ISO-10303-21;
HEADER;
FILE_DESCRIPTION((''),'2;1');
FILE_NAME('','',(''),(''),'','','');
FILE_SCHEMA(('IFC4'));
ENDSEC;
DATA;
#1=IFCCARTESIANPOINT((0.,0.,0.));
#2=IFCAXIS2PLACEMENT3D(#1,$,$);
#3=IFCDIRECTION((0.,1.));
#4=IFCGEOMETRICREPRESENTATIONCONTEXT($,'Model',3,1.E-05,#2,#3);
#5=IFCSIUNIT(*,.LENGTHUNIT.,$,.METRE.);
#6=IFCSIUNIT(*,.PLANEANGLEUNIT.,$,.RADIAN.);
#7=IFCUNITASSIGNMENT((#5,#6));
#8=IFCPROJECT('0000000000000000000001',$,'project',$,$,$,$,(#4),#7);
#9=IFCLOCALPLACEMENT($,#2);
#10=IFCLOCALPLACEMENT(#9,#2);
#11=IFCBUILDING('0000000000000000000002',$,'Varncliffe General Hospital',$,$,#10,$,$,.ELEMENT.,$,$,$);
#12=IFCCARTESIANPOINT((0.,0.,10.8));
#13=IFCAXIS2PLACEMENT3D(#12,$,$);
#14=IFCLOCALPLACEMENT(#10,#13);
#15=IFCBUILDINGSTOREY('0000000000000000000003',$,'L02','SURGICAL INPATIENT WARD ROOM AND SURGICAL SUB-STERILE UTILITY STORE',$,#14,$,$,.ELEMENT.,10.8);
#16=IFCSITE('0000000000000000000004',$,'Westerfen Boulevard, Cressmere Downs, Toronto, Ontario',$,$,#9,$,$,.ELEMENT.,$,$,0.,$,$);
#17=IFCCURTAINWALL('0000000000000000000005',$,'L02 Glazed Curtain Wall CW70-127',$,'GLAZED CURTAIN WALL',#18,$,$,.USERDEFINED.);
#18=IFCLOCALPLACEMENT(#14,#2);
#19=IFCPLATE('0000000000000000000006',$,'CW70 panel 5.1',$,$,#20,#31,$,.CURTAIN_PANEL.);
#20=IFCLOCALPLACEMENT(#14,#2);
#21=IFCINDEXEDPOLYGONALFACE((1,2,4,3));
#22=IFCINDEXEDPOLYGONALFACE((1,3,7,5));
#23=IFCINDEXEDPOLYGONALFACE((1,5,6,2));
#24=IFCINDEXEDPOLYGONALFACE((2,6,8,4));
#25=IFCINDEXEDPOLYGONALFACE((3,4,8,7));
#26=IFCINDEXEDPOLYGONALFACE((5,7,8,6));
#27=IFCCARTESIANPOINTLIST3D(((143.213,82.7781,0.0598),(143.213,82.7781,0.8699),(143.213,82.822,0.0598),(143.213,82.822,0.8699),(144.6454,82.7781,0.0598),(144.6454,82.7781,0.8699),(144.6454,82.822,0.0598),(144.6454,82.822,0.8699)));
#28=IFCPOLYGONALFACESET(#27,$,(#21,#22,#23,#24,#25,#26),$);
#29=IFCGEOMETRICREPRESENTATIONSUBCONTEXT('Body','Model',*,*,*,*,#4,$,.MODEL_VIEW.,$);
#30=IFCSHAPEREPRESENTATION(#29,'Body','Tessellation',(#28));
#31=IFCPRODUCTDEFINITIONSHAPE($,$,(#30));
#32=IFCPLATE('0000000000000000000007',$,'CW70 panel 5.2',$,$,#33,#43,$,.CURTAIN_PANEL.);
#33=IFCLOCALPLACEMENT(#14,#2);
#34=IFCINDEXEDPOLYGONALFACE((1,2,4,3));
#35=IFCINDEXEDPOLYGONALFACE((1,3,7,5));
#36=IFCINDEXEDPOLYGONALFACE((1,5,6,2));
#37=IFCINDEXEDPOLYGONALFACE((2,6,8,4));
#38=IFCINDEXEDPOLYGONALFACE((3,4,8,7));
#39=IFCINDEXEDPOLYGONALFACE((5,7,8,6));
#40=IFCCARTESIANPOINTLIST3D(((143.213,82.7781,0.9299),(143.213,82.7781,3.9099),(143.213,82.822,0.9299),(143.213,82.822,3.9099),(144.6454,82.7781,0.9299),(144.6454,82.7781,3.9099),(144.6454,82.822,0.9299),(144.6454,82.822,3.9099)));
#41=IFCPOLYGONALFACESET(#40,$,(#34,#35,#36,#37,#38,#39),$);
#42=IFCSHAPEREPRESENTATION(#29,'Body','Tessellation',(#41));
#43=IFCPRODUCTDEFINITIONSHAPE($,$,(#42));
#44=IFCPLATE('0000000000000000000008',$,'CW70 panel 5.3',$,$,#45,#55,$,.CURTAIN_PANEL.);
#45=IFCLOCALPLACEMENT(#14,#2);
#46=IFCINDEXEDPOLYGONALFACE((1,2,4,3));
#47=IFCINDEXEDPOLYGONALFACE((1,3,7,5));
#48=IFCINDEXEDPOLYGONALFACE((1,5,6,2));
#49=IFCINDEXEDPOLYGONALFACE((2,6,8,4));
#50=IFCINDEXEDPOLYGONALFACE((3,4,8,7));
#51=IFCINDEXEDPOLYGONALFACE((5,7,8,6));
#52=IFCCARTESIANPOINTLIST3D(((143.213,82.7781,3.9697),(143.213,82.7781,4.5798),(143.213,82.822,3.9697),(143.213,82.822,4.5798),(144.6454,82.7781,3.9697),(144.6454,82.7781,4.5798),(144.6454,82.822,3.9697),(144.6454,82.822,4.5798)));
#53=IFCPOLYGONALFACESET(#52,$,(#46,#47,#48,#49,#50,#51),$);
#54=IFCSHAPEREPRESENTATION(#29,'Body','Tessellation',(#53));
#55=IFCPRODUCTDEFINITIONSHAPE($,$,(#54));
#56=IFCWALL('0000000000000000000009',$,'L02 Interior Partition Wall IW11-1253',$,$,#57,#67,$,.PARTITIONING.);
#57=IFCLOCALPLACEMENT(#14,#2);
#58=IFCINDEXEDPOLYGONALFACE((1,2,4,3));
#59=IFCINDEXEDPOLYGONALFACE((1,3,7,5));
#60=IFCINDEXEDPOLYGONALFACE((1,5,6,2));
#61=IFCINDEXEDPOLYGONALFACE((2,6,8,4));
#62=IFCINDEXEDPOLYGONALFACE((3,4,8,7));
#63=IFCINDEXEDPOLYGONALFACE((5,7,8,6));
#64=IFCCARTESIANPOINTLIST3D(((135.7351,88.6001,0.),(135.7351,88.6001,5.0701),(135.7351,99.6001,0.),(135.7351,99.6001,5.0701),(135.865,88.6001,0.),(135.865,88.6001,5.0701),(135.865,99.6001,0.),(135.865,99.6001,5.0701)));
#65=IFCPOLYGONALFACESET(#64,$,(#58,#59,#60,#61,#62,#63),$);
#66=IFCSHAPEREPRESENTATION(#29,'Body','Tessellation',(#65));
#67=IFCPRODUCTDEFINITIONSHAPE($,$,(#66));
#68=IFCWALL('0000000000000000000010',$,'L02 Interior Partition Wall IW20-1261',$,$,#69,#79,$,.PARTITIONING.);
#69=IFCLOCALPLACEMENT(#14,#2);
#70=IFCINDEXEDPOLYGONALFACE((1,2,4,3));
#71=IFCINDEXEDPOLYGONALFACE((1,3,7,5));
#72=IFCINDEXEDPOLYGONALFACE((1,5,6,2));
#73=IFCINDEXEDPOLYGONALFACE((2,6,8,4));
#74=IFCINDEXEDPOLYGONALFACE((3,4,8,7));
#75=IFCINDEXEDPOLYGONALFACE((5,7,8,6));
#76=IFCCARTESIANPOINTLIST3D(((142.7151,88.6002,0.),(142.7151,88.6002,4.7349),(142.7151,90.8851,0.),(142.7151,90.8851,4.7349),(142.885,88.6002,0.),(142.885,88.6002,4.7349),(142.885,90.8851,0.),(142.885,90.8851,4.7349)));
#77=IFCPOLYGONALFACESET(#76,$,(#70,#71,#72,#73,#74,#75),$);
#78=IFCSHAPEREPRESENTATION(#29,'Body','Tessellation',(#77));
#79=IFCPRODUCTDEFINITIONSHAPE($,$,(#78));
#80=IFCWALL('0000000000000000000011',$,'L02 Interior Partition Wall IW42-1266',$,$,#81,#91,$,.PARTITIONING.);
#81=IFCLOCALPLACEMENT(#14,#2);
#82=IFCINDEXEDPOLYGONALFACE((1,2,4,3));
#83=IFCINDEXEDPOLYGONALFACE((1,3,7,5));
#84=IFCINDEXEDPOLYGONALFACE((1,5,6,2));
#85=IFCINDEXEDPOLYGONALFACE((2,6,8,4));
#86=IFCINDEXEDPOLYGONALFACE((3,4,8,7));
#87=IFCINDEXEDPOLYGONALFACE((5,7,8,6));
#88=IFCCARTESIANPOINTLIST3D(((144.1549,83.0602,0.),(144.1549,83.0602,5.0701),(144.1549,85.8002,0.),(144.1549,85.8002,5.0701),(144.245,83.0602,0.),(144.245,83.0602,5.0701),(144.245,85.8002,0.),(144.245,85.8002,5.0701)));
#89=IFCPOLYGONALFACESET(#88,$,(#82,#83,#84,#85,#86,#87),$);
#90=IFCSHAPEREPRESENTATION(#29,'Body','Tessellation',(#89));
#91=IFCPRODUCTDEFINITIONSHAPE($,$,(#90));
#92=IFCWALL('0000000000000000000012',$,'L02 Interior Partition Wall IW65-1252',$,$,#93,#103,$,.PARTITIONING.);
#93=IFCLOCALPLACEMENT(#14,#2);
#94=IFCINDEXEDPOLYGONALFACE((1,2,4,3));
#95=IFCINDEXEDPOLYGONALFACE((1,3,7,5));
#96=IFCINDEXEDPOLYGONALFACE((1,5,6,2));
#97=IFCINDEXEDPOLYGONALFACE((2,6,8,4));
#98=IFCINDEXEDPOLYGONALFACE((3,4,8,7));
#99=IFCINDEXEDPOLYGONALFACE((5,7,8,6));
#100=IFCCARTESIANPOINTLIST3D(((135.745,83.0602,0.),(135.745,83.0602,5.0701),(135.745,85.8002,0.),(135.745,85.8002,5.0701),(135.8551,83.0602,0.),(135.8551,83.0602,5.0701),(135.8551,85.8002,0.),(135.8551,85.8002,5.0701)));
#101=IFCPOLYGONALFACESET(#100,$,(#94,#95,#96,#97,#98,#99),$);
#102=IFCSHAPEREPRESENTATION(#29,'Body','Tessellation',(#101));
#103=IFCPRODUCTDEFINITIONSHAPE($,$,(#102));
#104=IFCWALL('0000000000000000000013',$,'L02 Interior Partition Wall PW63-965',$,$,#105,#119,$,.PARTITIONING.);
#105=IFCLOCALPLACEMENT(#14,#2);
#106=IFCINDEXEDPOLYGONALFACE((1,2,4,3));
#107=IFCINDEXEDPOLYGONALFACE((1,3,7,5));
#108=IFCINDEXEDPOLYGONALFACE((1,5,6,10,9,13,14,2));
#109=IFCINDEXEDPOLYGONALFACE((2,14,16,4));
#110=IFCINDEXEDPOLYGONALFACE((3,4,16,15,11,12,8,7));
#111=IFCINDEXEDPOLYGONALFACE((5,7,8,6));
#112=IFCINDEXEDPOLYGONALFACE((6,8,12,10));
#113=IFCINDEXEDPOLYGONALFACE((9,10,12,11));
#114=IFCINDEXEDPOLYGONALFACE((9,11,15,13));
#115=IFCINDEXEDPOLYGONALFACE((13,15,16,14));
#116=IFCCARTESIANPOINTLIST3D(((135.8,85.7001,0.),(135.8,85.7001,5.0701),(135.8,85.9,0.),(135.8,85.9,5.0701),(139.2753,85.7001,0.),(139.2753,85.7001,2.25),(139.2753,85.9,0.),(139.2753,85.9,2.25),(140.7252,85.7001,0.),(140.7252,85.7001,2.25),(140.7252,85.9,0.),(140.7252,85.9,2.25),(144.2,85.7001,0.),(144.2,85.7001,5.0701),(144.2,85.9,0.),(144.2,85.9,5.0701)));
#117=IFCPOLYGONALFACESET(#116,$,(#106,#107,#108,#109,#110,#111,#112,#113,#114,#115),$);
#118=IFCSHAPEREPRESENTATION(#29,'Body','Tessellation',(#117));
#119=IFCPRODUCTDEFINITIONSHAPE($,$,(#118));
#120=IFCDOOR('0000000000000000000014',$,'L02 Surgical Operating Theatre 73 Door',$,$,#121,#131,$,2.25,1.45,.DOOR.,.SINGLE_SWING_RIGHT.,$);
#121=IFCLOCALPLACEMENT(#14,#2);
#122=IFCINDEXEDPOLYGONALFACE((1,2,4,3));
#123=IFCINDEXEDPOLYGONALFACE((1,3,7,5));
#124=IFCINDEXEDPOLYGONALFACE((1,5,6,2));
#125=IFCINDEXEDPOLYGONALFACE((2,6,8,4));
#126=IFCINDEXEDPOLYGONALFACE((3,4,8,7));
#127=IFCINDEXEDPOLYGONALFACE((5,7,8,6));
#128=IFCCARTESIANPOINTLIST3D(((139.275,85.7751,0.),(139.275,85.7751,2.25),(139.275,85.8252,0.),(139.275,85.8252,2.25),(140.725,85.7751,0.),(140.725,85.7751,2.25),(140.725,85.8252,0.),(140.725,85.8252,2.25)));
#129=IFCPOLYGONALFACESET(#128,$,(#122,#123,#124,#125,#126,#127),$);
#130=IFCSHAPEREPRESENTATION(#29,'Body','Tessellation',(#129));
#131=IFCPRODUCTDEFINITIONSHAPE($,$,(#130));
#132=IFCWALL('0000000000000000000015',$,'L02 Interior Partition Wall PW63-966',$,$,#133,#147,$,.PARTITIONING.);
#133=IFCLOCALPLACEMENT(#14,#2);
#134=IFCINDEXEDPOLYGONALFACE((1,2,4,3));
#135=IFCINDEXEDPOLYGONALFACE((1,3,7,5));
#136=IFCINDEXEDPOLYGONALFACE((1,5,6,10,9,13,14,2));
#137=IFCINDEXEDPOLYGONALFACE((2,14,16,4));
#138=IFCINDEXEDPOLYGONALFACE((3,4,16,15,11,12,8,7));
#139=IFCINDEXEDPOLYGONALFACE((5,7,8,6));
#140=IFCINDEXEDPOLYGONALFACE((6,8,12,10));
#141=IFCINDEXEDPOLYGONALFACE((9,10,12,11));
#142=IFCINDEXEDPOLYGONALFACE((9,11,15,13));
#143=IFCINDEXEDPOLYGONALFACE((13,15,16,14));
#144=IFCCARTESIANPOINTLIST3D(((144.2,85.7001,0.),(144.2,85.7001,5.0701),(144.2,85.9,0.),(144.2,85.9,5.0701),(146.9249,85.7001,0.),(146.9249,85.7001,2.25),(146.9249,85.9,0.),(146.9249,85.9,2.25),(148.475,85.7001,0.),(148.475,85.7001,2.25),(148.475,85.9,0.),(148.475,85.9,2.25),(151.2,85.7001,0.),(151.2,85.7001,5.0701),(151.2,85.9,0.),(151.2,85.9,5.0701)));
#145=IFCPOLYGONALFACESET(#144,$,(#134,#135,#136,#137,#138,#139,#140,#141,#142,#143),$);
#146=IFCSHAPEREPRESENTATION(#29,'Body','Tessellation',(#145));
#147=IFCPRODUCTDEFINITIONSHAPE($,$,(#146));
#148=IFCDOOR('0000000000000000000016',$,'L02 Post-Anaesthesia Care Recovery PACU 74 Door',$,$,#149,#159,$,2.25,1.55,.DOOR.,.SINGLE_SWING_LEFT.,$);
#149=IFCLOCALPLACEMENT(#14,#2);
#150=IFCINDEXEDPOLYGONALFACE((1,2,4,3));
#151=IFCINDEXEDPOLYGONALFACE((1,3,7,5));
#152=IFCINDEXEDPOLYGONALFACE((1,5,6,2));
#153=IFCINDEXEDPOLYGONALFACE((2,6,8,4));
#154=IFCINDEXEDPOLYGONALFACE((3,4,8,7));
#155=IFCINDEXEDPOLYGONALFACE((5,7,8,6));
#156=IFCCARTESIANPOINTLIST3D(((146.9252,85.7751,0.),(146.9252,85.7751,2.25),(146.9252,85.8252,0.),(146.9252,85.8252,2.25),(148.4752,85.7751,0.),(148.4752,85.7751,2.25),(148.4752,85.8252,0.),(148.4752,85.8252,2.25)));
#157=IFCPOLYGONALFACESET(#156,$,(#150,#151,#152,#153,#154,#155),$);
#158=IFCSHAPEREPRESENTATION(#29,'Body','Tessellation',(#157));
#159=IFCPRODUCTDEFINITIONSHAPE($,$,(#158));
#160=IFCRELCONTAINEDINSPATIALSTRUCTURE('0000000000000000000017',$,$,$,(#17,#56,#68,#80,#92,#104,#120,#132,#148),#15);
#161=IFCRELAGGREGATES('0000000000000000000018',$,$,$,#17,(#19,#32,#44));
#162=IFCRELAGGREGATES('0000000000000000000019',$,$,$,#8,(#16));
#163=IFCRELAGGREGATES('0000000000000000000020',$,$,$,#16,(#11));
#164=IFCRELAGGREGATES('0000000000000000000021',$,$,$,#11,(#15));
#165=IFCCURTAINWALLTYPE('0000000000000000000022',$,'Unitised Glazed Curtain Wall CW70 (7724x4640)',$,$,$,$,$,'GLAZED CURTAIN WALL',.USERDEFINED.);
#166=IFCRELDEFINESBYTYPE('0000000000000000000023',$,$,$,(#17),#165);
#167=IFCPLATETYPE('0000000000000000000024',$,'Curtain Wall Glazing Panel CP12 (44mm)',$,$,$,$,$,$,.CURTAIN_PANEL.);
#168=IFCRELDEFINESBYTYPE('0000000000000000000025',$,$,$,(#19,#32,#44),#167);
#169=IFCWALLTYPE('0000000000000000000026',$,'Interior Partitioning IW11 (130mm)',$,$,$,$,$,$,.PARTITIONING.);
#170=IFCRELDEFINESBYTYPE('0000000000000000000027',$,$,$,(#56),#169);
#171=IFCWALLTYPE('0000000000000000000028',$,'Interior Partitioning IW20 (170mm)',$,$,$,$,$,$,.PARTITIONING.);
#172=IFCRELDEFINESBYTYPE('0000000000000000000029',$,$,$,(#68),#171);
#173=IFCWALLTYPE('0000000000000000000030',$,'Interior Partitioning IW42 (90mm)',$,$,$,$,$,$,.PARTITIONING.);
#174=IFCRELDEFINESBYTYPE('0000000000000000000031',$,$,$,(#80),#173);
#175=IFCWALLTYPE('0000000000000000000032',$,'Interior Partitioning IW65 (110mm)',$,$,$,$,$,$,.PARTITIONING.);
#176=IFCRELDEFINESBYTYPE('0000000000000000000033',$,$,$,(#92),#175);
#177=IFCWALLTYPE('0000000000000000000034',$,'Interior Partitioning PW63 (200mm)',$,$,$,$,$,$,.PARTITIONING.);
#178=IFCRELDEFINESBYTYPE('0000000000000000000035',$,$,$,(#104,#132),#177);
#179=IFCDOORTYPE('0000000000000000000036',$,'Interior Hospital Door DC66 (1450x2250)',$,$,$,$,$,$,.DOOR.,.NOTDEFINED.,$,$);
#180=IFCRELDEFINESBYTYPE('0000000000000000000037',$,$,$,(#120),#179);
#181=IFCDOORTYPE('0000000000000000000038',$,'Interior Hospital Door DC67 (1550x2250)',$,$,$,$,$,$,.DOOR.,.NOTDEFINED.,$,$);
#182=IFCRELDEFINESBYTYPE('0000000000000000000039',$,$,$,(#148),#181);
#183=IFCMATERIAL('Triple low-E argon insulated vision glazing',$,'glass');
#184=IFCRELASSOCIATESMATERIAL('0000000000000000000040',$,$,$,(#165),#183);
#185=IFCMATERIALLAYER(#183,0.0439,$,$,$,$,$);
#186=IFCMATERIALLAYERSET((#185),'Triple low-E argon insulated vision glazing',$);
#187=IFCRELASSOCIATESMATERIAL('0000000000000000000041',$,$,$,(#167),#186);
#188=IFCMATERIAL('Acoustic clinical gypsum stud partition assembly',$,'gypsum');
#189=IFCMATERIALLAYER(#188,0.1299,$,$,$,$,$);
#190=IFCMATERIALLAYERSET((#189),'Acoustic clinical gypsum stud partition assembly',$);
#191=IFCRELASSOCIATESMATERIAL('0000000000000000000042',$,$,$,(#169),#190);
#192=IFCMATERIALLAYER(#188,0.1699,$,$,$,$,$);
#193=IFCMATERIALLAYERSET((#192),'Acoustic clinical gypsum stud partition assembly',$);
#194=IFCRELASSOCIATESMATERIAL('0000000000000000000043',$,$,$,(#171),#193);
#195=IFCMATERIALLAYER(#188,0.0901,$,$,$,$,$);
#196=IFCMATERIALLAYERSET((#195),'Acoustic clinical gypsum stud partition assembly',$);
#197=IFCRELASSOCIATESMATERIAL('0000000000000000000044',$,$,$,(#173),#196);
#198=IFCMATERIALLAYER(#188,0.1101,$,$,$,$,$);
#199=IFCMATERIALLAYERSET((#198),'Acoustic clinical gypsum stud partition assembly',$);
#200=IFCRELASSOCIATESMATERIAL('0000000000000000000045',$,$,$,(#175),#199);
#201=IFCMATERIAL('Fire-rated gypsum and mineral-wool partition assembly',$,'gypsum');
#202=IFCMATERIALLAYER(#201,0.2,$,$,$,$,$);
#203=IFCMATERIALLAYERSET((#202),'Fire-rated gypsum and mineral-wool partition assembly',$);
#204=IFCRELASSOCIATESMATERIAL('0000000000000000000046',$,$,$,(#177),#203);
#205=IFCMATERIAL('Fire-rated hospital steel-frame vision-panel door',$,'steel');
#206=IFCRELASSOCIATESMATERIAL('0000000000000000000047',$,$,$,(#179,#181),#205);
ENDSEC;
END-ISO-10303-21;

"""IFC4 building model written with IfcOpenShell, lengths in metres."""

from ifc_helpers import new_model, si_unit, direction, frame, frame_2d, origin, origin_2d, place, context, subcontext, project, spatial, rectangle, extrude, material, layer, layer_set, type_object, element, fill, aggregate, save


model = new_model("IFC4")

# Units and contexts
model_context = context("Model", 3, precision=1e-05, world=origin(), true_north=direction((0.0, 1.0)))
body_context = subcontext(model_context, "Body", "Model", "MODEL_VIEW")
ifc_project = project(units=[si_unit("LENGTHUNIT", "METRE"), si_unit("PLANEANGLEUNIT", "RADIAN")], contexts=[model_context])

# Site, building, storey
site_placement = place(None, origin())
site = spatial("IfcSite", under=ifc_project, at=site_placement, Name="Westerfen Boulevard, Cressmere Downs, Toronto, Ontario", CompositionType="ELEMENT", RefElevation=0.0)
building_placement = place(site_placement, origin())
building = spatial("IfcBuilding", under=site, at=building_placement, Name="Varncliffe General Hospital", CompositionType="ELEMENT")
storey_placement = place(building_placement, frame((0.0, 0.0, 10.8)))
storey = spatial("IfcBuildingStorey", under=building, at=storey_placement, Name="L02", Description="SURGICAL INPATIENT WARD ROOM AND SURGICAL SUB-STERILE UTILITY STORE", CompositionType="ELEMENT", Elevation=10.8)

# Curtain wall
ifc_material_1 = material(Name="Triple low-E argon insulated vision glazing", Category="glass")
curtain_wall_type = type_object("IfcCurtainWallType", Name="Unitised Glazed Curtain Wall CW70 (7724x4640)", ElementType="GLAZED CURTAIN WALL", PredefinedType="USERDEFINED", material=ifc_material_1)
curtain_wall_placement = place(storey_placement, origin())
curtain_wall = element("IfcCurtainWall", 1, at=curtain_wall_placement, inside=storey, type_object=curtain_wall_type, Name="L02 Glazed Curtain Wall CW70-127", ObjectType="GLAZED CURTAIN WALL", PredefinedType="USERDEFINED")

# Plates
ifc_layer_1 = layer(ifc_material_1, 0.0439)
ifc_layer_set_1 = layer_set([ifc_layer_1], Name="Triple low-E argon insulated vision glazing")
plate_type = type_object("IfcPlateType", Name="Curtain Wall Glazing Panel CP12 (44mm)", PredefinedType="CURTAIN_PANEL", material=ifc_layer_set_1)
plate_1_placement = place(storey_placement, frame((143.9292, 82.8, 0.0598), z_axis=(0.0, 0.0, 1.0), x_axis=(-1.0, 0.0, 0.0)))
plate_1 = element("IfcPlate", 2, at=plate_1_placement, type_object=plate_type, Name="CW70 panel 5.1", PredefinedType="CURTAIN_PANEL", context=body_context, shape_type="SweptSolid", body=[
    extrude(rectangle(XDim=1.4324, YDim=0.0439, at=origin_2d()), origin(), (0.0, 0.0, 1.0), 0.8101),
])
plate_2_placement = place(storey_placement, frame((143.9292, 82.8, 0.9299), z_axis=(0.0, 0.0, 1.0), x_axis=(-1.0, 0.0, 0.0)))
plate_2 = element("IfcPlate", 3, at=plate_2_placement, type_object=plate_type, Name="CW70 panel 5.2", PredefinedType="CURTAIN_PANEL", context=body_context, shape_type="SweptSolid", body=[
    extrude(rectangle(XDim=1.4324, YDim=0.0439, at=origin_2d()), origin(), (0.0, 0.0, 1.0), 2.98),
])
plate_3_placement = place(storey_placement, frame((143.9292, 82.8, 3.9697), z_axis=(0.0, 0.0, 1.0), x_axis=(-1.0, 0.0, 0.0)))
plate_3 = element("IfcPlate", 4, at=plate_3_placement, type_object=plate_type, Name="CW70 panel 5.3", PredefinedType="CURTAIN_PANEL", context=body_context, shape_type="SweptSolid", body=[
    extrude(rectangle(XDim=1.4324, YDim=0.0439, at=origin_2d()), origin(), (0.0, 0.0, 1.0), 0.6101),
])
aggregate(curtain_wall, [plate_1, plate_2, plate_3])

# Walls
ifc_material_2 = material(Name="Acoustic clinical gypsum stud partition assembly", Category="gypsum")
ifc_layer_2 = layer(ifc_material_2, 0.1299)
ifc_layer_set_2 = layer_set([ifc_layer_2], Name="Acoustic clinical gypsum stud partition assembly")
wall_type_1 = type_object("IfcWallType", Name="Interior Partitioning IW11 (130mm)", PredefinedType="PARTITIONING", material=ifc_layer_set_2)
wall_1_placement = place(storey_placement, frame((135.8, 88.6001, 0.0), z_axis=(0.0, 0.0, 1.0), x_axis=(0.0, 1.0, 0.0)))
element("IfcWall", 5, at=wall_1_placement, inside=storey, type_object=wall_type_1, Name="L02 Interior Partition Wall IW11-1253", PredefinedType="PARTITIONING", context=body_context, shape_type="SweptSolid", body=[
    extrude(rectangle(XDim=11.0, YDim=0.1299, at=frame_2d((5.5, 0.0))), origin(), (0.0, 0.0, 1.0), 5.0701),
])
ifc_layer_3 = layer(ifc_material_2, 0.1699)
ifc_layer_set_3 = layer_set([ifc_layer_3], Name="Acoustic clinical gypsum stud partition assembly")
wall_type_2 = type_object("IfcWallType", Name="Interior Partitioning IW20 (170mm)", PredefinedType="PARTITIONING", material=ifc_layer_set_3)
wall_2_placement = place(storey_placement, frame((142.8, 88.6001, 0.0), z_axis=(0.0, 0.0, 1.0), x_axis=(0.0, 1.0, 0.0)))
element("IfcWall", 6, at=wall_2_placement, inside=storey, type_object=wall_type_2, Name="L02 Interior Partition Wall IW20-1261", PredefinedType="PARTITIONING", context=body_context, shape_type="SweptSolid", body=[
    extrude(rectangle(XDim=2.2849, YDim=0.1699, at=frame_2d((1.1426, 0.0))), origin(), (0.0, 0.0, 1.0), 4.7349),
])
ifc_layer_4 = layer(ifc_material_2, 0.0901)
ifc_layer_set_4 = layer_set([ifc_layer_4], Name="Acoustic clinical gypsum stud partition assembly")
wall_type_3 = type_object("IfcWallType", Name="Interior Partitioning IW42 (90mm)", PredefinedType="PARTITIONING", material=ifc_layer_set_4)
wall_3_placement = place(storey_placement, frame((144.2, 83.0601, 0.0), z_axis=(0.0, 0.0, 1.0), x_axis=(0.0, 1.0, 0.0)))
element("IfcWall", 7, at=wall_3_placement, inside=storey, type_object=wall_type_3, Name="L02 Interior Partition Wall IW42-1266", PredefinedType="PARTITIONING", context=body_context, shape_type="SweptSolid", body=[
    extrude(rectangle(XDim=2.74, YDim=0.0901, at=frame_2d((1.3701, 0.0))), origin(), (0.0, 0.0, 1.0), 5.0701),
])
ifc_layer_5 = layer(ifc_material_2, 0.1101)
ifc_layer_set_5 = layer_set([ifc_layer_5], Name="Acoustic clinical gypsum stud partition assembly")
wall_type_4 = type_object("IfcWallType", Name="Interior Partitioning IW65 (110mm)", PredefinedType="PARTITIONING", material=ifc_layer_set_5)
wall_4_placement = place(storey_placement, frame((135.8, 83.0601, 0.0), z_axis=(0.0, 0.0, 1.0), x_axis=(0.0, 1.0, 0.0)))
element("IfcWall", 8, at=wall_4_placement, inside=storey, type_object=wall_type_4, Name="L02 Interior Partition Wall IW65-1252", PredefinedType="PARTITIONING", context=body_context, shape_type="SweptSolid", body=[
    extrude(rectangle(XDim=2.74, YDim=0.1101, at=frame_2d((1.3701, 0.0))), origin(), (0.0, 0.0, 1.0), 5.0701),
])

# Walls, openings, doors
ifc_material_3 = material(Name="Fire-rated gypsum and mineral-wool partition assembly", Category="gypsum")
ifc_layer_6 = layer(ifc_material_3, 0.2)
ifc_layer_set_6 = layer_set([ifc_layer_6], Name="Fire-rated gypsum and mineral-wool partition assembly")
wall_type_5 = type_object("IfcWallType", Name="Interior Partitioning PW63 (200mm)", PredefinedType="PARTITIONING", material=ifc_layer_set_6)
wall_5_placement = place(storey_placement, frame((135.8, 85.8, 0.0), z_axis=(0.0, 0.0, 1.0), x_axis=(1.0, 0.0, 0.0)))
wall_5 = element("IfcWall", 9, at=wall_5_placement, inside=storey, type_object=wall_type_5, Name="L02 Interior Partition Wall PW63-965", PredefinedType="PARTITIONING", context=body_context, shape_type="SweptSolid", body=[
    extrude(rectangle(XDim=8.3999, YDim=0.2, at=frame_2d((4.2, 0.0))), origin(), (0.0, 0.0, 1.0), 5.0701),
])
opening_1_placement = place(wall_5_placement, frame((3.4751, 0.0, 0.0)))
opening_1 = element("IfcOpeningElement", 10, at=opening_1_placement, cuts=wall_5, PredefinedType="OPENING", context=body_context, shape_type="SweptSolid", body=[
    extrude(rectangle(XDim=1.45, YDim=2.25, at=frame_2d((0.7251, 1.125))), frame((0.0, 0.1099, 0.0), z_axis=(0.0, -1.0, 0.0), x_axis=(1.0, 0.0, 0.0)), (0.0, 0.0, 1.0), 0.22),
])
ifc_material_4 = material(Name="Fire-rated hospital steel-frame vision-panel door", Category="steel")
door_type_1 = type_object("IfcDoorType", Name="Interior Hospital Door DC66 (1450x2250)", OperationType="NOTDEFINED", PredefinedType="DOOR", material=ifc_material_4)
door_1_placement = place(opening_1_placement, frame((1.45, 0.0, 0.0), z_axis=(0.0, 0.0, 1.0), x_axis=(-1.0, 0.0, 0.0)))
door_1 = element("IfcDoor", 11, at=door_1_placement, inside=storey, type_object=door_type_1, Name="L02 Surgical Operating Theatre 73 Door", OperationType="SINGLE_SWING_RIGHT", OverallHeight=2.25, OverallWidth=1.45, PredefinedType="DOOR", context=body_context, shape_type="SweptSolid", body=[
    extrude(rectangle(XDim=1.45, YDim=2.25, at=frame_2d((0.7251, 1.125))), frame((0.0, 0.0249, 0.0), z_axis=(0.0, -1.0, 0.0), x_axis=(1.0, 0.0, 0.0)), (0.0, 0.0, 1.0), 0.05),
])
fill(opening_1, door_1)
wall_6_placement = place(storey_placement, frame((144.2, 85.8, 0.0), z_axis=(0.0, 0.0, 1.0), x_axis=(1.0, 0.0, 0.0)))
wall_6 = element("IfcWall", 12, at=wall_6_placement, inside=storey, type_object=wall_type_5, Name="L02 Interior Partition Wall PW63-966", PredefinedType="PARTITIONING", context=body_context, shape_type="SweptSolid", body=[
    extrude(rectangle(XDim=7.0, YDim=0.2, at=frame_2d((3.5, 0.0))), origin(), (0.0, 0.0, 1.0), 5.0701),
])
opening_2_placement = place(wall_6_placement, frame((2.7251, 0.0, 0.0)))
opening_2 = element("IfcOpeningElement", 13, at=opening_2_placement, cuts=wall_6, PredefinedType="OPENING", context=body_context, shape_type="SweptSolid", body=[
    extrude(rectangle(XDim=1.55, YDim=2.25, at=frame_2d((0.7749, 1.125))), frame((0.0, 0.1099, 0.0), z_axis=(0.0, -1.0, 0.0), x_axis=(1.0, 0.0, 0.0)), (0.0, 0.0, 1.0), 0.22),
])
door_type_2 = type_object("IfcDoorType", Name="Interior Hospital Door DC67 (1550x2250)", OperationType="NOTDEFINED", PredefinedType="DOOR", material=ifc_material_4)
door_2_placement = place(opening_2_placement, frame((1.55, 0.0, 0.0), z_axis=(0.0, 0.0, 1.0), x_axis=(-1.0, 0.0, 0.0)))
door_2 = element("IfcDoor", 14, at=door_2_placement, inside=storey, type_object=door_type_2, Name="L02 Post-Anaesthesia Care Recovery PACU 74 Door", OperationType="SINGLE_SWING_LEFT", OverallHeight=2.25, OverallWidth=1.55, PredefinedType="DOOR", context=body_context, shape_type="SweptSolid", body=[
    extrude(rectangle(XDim=1.55, YDim=2.25, at=frame_2d((0.7749, 1.125))), frame((0.0, 0.0249, 0.0), z_axis=(0.0, -1.0, 0.0), x_axis=(1.0, 0.0, 0.0)), (0.0, 0.0, 1.0), 0.05),
])
fill(opening_2, door_2)

save(model, "model.ifc")
